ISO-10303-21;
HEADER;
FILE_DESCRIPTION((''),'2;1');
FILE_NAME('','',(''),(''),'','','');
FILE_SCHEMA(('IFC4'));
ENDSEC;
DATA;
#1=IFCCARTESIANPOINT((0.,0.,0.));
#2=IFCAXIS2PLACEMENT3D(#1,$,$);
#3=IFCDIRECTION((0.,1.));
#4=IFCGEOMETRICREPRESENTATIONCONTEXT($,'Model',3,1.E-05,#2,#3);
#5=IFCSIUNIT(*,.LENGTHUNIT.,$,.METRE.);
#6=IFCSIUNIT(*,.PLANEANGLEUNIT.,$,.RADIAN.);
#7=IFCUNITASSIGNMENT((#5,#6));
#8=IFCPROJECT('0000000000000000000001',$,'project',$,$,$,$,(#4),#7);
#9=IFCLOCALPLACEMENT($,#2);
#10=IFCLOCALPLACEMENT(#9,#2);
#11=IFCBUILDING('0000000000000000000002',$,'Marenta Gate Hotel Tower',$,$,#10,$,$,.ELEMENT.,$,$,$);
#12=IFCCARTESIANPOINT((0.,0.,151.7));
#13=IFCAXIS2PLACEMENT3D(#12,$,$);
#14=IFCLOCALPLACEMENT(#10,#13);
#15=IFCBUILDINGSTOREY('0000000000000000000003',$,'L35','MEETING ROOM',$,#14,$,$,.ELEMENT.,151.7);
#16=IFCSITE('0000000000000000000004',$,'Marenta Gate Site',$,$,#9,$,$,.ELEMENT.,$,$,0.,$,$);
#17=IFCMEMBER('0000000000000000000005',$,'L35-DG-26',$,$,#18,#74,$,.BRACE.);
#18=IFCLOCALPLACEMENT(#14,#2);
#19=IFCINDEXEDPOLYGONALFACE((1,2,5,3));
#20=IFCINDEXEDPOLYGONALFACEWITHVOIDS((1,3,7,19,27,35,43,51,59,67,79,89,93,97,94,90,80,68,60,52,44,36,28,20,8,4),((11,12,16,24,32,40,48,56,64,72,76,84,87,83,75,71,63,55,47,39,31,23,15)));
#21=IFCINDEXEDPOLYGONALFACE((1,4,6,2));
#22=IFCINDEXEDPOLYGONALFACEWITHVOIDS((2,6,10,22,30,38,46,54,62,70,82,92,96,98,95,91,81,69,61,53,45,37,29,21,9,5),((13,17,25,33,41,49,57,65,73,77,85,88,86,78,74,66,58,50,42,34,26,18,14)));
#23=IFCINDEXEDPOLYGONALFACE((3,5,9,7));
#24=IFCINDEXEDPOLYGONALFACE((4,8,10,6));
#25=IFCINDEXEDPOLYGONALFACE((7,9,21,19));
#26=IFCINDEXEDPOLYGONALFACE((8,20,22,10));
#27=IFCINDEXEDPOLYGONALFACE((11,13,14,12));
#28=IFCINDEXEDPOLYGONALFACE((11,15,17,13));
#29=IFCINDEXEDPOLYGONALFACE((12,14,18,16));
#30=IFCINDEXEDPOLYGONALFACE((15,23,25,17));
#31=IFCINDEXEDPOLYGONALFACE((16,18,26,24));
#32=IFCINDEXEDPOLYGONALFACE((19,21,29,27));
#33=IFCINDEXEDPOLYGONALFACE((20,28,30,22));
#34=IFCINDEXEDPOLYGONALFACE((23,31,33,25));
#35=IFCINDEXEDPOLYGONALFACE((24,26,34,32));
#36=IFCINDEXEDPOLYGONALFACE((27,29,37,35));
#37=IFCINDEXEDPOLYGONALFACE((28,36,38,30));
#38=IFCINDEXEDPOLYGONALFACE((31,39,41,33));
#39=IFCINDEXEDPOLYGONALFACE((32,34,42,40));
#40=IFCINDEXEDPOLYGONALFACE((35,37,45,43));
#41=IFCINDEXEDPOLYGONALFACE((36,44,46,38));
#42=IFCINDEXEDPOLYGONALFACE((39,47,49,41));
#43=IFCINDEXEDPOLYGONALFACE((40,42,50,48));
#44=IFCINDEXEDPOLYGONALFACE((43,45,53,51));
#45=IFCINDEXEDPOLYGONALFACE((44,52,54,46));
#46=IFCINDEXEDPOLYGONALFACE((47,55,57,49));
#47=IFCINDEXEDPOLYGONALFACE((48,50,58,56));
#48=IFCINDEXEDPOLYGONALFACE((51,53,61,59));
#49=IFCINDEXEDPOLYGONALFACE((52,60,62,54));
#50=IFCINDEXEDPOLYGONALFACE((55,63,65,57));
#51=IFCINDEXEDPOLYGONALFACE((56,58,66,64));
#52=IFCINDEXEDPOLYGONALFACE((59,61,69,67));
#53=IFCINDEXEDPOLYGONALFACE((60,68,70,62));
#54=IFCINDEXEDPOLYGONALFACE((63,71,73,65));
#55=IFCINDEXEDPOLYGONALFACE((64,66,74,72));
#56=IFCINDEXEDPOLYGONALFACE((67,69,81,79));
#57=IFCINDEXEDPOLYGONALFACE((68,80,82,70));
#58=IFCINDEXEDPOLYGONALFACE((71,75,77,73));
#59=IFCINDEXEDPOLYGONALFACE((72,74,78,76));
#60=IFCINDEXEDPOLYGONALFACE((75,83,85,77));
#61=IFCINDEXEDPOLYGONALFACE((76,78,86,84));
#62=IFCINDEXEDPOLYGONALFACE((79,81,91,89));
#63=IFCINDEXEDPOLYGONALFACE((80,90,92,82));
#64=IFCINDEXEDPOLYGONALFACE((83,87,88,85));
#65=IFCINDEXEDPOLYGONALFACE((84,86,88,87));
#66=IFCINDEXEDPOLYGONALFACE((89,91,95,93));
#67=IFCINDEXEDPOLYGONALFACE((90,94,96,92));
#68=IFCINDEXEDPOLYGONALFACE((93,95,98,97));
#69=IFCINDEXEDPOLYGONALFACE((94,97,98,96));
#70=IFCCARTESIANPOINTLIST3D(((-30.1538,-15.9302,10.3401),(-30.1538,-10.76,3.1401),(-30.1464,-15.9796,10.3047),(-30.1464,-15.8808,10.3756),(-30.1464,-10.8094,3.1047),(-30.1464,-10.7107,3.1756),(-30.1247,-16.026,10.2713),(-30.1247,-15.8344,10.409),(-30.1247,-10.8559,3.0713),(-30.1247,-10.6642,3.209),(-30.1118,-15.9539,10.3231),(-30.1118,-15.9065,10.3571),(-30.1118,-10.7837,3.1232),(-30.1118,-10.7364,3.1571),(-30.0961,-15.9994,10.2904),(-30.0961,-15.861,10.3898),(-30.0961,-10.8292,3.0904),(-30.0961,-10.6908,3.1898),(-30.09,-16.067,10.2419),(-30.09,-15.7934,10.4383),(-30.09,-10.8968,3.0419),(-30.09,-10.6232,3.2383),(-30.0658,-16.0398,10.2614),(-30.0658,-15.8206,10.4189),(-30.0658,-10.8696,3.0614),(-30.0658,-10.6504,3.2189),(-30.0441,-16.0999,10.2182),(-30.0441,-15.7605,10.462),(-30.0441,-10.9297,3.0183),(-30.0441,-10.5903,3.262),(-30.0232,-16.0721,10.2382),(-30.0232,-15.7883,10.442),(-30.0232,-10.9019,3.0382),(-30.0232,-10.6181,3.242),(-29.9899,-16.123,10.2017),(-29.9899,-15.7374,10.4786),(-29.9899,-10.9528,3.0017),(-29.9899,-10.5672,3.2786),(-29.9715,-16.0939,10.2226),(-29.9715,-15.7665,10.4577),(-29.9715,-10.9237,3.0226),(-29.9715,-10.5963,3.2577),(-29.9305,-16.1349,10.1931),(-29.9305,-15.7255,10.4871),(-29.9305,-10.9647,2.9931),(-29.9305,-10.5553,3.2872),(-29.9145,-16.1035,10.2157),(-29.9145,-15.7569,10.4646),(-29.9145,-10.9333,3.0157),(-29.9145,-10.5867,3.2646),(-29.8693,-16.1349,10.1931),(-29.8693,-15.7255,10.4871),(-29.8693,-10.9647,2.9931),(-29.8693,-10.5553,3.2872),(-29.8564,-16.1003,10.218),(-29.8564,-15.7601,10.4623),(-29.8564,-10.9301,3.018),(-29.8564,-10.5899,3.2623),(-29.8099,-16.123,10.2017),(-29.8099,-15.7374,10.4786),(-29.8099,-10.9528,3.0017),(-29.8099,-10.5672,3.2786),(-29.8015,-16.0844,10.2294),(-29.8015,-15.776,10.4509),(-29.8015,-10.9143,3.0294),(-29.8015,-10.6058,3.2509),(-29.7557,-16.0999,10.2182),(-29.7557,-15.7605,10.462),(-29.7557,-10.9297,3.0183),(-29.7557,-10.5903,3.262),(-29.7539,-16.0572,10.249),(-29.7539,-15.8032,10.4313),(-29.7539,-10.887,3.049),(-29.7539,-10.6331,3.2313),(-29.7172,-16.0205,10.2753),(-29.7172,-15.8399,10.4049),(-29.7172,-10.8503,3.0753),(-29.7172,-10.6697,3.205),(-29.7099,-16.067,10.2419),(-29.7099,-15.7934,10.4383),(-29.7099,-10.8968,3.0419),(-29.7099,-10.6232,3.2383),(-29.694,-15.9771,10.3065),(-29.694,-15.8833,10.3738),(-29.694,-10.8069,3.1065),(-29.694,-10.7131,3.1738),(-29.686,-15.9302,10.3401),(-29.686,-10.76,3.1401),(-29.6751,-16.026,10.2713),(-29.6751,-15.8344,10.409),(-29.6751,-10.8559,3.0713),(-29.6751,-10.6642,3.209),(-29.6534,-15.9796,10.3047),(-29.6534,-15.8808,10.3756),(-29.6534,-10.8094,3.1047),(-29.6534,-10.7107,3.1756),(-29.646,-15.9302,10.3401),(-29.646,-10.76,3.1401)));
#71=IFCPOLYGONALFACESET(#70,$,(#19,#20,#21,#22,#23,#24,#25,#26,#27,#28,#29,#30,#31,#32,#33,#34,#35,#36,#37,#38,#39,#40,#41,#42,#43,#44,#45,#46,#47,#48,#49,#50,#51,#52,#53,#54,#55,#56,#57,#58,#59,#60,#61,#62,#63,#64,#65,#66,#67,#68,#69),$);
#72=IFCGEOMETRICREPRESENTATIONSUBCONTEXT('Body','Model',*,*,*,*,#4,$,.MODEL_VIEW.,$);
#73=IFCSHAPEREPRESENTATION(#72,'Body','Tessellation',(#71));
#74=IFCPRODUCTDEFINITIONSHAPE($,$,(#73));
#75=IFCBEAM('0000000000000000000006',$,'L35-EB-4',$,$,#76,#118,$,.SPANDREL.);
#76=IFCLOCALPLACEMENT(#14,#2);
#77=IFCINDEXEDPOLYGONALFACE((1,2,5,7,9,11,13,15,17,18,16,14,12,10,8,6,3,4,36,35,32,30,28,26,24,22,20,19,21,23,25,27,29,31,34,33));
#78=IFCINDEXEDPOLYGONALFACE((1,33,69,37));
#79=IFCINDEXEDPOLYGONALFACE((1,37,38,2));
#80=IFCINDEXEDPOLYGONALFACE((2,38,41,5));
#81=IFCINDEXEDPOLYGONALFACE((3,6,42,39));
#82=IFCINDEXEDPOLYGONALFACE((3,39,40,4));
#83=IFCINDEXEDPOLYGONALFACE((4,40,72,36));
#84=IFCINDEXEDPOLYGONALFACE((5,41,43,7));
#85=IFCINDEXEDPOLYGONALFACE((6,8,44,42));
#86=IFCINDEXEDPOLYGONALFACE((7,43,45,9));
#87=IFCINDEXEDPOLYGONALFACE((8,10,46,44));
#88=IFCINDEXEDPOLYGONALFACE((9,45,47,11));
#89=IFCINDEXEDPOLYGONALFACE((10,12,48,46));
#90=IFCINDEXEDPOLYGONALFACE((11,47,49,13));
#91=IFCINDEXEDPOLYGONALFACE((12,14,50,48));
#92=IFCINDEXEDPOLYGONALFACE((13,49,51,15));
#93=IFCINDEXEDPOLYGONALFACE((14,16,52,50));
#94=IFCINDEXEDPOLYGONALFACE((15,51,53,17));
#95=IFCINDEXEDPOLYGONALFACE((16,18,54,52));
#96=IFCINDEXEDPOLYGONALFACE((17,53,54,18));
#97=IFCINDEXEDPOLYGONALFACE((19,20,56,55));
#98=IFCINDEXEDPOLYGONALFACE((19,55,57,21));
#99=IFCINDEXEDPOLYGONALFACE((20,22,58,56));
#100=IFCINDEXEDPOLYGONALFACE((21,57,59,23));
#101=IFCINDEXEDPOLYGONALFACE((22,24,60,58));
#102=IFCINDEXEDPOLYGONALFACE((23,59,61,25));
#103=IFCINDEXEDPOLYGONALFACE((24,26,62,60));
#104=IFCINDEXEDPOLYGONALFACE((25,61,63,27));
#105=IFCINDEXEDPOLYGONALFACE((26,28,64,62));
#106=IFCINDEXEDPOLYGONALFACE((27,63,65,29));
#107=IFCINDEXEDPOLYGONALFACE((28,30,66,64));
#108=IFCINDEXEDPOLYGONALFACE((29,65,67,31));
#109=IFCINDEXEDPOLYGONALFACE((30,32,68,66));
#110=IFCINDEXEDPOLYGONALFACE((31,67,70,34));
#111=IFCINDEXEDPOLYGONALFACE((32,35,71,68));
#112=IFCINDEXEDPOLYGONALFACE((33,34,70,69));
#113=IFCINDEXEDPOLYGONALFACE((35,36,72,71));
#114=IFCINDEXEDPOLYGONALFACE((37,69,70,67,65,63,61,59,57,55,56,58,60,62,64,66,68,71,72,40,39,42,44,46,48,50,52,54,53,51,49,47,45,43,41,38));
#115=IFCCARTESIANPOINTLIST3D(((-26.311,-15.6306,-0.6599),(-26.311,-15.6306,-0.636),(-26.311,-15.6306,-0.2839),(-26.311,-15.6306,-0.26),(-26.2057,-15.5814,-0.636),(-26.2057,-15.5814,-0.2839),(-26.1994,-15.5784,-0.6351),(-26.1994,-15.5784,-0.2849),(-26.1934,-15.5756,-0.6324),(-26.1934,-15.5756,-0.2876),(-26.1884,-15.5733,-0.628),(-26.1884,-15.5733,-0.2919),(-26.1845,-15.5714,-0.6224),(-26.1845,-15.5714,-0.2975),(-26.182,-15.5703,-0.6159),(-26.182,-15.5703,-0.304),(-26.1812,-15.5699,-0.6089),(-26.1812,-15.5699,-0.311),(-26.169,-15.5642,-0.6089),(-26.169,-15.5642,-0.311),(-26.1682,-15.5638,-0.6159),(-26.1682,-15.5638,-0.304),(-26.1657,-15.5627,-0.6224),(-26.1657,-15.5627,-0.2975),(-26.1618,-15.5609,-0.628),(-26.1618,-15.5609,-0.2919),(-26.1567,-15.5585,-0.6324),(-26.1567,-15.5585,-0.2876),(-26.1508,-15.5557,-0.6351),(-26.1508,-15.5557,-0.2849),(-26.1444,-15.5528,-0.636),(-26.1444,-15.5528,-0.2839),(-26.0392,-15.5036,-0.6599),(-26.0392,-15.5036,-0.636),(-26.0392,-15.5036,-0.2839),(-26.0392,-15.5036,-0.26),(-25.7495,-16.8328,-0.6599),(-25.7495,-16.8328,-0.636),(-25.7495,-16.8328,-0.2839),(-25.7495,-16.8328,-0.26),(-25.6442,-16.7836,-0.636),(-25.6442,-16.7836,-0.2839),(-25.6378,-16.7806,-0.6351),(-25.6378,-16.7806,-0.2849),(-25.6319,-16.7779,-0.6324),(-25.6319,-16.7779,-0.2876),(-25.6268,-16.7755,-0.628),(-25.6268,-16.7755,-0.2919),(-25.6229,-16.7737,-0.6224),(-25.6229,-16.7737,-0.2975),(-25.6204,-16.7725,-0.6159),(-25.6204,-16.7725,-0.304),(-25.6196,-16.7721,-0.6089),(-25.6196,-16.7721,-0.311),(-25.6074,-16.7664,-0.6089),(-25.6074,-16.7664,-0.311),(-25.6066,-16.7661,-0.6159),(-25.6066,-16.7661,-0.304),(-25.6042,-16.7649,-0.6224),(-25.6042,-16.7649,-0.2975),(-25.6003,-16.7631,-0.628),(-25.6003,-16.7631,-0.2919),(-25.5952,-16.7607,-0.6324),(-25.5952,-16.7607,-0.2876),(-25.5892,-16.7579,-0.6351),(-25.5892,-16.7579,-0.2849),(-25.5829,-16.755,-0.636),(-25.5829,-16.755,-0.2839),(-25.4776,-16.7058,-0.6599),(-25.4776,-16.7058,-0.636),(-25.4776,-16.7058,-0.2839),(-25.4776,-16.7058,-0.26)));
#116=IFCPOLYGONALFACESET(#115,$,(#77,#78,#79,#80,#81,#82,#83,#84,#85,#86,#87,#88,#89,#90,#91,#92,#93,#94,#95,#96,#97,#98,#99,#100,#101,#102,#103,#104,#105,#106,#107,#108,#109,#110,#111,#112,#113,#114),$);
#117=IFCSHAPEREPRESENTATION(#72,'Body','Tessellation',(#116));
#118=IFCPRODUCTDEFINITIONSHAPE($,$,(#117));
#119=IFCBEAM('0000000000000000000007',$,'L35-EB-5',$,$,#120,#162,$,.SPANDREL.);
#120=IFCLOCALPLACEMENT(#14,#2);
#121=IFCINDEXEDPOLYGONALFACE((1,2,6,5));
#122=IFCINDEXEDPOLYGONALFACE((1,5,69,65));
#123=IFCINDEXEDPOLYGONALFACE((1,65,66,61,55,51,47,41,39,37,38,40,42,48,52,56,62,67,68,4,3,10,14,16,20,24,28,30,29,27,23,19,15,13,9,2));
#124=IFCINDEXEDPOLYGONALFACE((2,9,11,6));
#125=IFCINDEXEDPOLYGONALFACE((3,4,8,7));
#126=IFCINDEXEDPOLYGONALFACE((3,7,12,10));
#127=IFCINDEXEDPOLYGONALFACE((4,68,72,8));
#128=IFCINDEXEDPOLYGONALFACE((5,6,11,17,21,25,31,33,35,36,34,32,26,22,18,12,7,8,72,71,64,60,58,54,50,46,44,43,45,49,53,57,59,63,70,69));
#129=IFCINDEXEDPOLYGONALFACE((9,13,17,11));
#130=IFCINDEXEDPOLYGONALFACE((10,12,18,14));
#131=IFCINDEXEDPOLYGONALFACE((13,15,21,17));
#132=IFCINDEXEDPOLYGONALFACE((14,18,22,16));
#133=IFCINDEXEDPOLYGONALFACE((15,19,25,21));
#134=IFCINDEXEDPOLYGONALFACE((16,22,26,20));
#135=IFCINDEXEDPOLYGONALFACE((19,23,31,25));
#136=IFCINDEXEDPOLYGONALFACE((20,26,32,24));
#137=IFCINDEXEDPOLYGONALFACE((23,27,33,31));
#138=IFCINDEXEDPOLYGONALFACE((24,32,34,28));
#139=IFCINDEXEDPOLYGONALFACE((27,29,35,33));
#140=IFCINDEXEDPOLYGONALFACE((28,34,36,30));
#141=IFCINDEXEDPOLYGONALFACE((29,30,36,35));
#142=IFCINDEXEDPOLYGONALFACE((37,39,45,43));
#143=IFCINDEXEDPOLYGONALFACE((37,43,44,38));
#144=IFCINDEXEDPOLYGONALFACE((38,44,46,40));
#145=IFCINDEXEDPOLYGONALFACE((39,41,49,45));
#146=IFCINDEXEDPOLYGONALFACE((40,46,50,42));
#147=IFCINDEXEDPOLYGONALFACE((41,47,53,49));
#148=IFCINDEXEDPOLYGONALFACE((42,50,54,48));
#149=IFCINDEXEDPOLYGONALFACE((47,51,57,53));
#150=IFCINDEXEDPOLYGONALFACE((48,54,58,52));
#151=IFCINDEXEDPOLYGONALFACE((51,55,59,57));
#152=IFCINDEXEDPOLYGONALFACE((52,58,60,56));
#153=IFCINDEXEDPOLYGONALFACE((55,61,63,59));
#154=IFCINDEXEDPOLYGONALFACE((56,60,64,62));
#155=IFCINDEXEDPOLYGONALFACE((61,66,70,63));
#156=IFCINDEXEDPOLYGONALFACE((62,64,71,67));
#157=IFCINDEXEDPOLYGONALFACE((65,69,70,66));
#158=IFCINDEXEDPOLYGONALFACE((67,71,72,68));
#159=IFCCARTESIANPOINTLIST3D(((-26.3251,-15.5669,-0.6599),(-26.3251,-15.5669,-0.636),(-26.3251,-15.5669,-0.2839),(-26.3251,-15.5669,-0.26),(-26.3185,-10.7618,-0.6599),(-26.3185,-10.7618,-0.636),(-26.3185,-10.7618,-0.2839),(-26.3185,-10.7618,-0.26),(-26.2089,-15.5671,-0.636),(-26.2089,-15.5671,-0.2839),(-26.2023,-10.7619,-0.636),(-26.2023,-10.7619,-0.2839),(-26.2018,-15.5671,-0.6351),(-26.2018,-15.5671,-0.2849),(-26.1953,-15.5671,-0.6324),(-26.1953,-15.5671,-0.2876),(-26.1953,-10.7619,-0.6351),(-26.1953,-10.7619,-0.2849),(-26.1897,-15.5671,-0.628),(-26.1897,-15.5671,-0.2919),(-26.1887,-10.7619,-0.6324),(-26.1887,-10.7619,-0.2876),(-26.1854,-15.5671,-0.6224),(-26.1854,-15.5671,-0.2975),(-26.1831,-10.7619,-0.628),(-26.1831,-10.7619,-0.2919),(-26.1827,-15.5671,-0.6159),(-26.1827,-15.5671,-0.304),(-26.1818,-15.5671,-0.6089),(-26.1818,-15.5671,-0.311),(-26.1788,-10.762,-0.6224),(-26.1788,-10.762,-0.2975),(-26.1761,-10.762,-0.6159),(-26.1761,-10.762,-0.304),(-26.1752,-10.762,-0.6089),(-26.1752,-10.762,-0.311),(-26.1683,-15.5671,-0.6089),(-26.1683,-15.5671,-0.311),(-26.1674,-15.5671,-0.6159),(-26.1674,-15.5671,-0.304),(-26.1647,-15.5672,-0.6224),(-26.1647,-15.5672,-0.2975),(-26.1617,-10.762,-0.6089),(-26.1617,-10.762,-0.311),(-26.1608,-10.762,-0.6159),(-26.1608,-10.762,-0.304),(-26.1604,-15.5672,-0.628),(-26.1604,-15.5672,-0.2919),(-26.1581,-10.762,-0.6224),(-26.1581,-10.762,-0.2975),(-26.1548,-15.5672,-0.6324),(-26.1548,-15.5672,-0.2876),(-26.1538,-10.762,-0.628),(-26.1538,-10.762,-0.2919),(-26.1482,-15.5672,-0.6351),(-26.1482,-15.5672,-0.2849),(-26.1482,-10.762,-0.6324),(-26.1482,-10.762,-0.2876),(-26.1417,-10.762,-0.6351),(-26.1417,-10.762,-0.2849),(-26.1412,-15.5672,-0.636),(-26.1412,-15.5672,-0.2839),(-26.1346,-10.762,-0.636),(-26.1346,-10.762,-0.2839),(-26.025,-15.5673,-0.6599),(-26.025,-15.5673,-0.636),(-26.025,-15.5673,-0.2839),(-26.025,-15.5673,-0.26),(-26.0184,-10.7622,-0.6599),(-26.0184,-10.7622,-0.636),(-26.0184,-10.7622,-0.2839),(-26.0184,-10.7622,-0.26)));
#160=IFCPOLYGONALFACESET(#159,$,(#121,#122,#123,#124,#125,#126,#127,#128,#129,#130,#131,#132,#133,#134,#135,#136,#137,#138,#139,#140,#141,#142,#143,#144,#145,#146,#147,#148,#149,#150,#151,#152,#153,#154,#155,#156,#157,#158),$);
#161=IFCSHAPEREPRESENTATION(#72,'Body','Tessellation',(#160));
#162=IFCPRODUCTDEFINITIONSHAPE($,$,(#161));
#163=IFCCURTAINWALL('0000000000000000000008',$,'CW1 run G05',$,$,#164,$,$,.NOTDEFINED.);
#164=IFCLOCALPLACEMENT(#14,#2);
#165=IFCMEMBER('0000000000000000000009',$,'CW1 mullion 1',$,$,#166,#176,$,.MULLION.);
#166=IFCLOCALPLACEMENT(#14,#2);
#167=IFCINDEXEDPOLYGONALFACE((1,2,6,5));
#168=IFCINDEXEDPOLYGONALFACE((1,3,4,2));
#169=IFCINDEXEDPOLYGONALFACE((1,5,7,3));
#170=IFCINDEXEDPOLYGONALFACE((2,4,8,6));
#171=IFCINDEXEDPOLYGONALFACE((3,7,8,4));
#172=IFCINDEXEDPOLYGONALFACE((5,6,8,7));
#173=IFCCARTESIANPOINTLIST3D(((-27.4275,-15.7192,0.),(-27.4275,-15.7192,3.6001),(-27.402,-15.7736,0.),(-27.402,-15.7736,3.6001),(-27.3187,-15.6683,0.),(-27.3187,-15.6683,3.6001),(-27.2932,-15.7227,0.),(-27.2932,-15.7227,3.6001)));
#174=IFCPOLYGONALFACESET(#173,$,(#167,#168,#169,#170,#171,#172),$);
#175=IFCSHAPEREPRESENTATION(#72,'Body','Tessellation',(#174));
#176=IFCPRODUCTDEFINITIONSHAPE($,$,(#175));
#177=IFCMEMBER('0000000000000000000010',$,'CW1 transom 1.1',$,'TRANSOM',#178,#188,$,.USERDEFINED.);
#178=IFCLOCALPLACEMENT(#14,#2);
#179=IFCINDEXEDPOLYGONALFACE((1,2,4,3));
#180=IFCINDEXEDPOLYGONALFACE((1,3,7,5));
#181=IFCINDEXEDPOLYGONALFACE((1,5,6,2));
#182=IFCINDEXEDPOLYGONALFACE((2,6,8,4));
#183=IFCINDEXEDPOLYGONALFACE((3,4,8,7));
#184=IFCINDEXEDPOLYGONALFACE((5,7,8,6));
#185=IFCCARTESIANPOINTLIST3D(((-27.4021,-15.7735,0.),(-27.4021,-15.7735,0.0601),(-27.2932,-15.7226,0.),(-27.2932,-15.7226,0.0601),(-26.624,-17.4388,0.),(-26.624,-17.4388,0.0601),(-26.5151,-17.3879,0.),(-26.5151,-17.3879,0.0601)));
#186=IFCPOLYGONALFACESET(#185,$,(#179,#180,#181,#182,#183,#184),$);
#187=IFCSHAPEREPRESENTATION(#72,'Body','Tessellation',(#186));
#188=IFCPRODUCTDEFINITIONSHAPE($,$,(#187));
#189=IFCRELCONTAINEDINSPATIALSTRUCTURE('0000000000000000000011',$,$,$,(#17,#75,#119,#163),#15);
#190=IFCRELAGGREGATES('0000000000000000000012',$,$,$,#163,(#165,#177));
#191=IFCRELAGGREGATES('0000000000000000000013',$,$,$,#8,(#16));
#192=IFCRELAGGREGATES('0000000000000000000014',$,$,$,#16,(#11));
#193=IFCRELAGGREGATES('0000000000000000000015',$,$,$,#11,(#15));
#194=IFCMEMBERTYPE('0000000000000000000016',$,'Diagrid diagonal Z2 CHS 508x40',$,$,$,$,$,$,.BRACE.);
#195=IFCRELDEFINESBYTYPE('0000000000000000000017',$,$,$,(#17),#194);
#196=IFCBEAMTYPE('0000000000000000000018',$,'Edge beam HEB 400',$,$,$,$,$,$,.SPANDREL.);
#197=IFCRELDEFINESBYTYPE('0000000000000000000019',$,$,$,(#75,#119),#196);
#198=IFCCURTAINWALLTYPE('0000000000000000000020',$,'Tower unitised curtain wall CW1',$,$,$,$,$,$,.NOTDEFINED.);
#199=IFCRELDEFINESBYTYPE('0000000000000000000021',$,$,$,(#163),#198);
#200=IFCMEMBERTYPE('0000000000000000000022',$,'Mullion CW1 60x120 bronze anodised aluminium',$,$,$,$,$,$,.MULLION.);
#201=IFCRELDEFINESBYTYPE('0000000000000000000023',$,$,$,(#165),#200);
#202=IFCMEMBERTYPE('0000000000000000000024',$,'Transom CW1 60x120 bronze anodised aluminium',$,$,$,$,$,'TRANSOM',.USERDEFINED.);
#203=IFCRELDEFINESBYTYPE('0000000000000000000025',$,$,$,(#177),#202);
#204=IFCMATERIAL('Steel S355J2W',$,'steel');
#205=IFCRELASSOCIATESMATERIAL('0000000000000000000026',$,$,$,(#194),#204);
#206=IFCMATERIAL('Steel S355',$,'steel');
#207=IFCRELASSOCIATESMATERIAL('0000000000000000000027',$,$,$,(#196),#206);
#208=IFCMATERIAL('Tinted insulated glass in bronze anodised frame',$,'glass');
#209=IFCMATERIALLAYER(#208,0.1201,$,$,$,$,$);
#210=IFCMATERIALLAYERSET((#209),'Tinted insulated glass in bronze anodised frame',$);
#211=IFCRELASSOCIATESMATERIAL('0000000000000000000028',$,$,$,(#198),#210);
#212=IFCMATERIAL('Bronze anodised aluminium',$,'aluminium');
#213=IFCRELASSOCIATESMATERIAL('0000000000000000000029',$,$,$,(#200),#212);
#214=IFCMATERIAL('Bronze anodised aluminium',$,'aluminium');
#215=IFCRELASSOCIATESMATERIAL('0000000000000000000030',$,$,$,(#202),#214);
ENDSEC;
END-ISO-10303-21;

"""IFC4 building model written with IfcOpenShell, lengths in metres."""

from ifc_helpers import new_model, si_unit, direction, frame, origin, origin_2d, place, context, subcontext, project, spatial, rectangle, hollow_circle, i_section, extrude, material, layer, layer_set, material_profile, profile_set, type_object, element, aggregate, save


model = new_model("IFC4")

# Units and contexts
model_context = context("Model", 3, precision=1e-05, world=origin(), true_north=direction((0.0, 1.0)))
body_context = subcontext(model_context, "Body", "Model", "MODEL_VIEW")
ifc_project = project(units=[si_unit("LENGTHUNIT", "METRE"), si_unit("PLANEANGLEUNIT", "RADIAN")], contexts=[model_context])

# Site, building, storey
site_placement = place(None, origin())
site = spatial("IfcSite", under=ifc_project, at=site_placement, Name="Marenta Gate Site", CompositionType="ELEMENT", RefElevation=0.0)
building_placement = place(site_placement, origin())
building = spatial("IfcBuilding", under=site, at=building_placement, Name="Marenta Gate Hotel Tower", CompositionType="ELEMENT")
storey_placement = place(building_placement, frame((0.0, 0.0, 151.7)))
storey = spatial("IfcBuildingStorey", under=building, at=storey_placement, Name="L35", Description="MEETING ROOM", CompositionType="ELEMENT", Elevation=151.7)

# Member
ifc_material_1 = material(Name="Steel S355J2W", Category="steel")
ifc_material_profile_1 = material_profile(ifc_material_1, hollow_circle(Radius=0.2539, WallThickness=0.04, at=origin_2d()), Name="CHS 508x40")
ifc_profile_set_1 = profile_set([ifc_material_profile_1], Name="Steel S355J2W")
member_type_1 = type_object("IfcMemberType", Name="Diagrid diagonal Z2 CHS 508x40", PredefinedType="BRACE", material=ifc_profile_set_1)
member_1_placement = place(storey_placement, frame((-29.8999, -10.76, 3.1401), z_axis=(0.0, -0.583279, 0.812272), x_axis=(1.0, 0.0, 0.0)))
element("IfcMember", 1, at=member_1_placement, inside=storey, type_object=member_type_1, Name="L35-DG-26", PredefinedType="BRACE", context=body_context, shape_type="SweptSolid", body=[
    extrude(hollow_circle(Radius=0.2539, WallThickness=0.04, at=origin_2d()), origin(), (0.0, 0.0, 1.0), 8.864),
])

# Beams
ifc_material_2 = material(Name="Steel S355", Category="steel")
ifc_material_profile_2 = material_profile(ifc_material_2, i_section(OverallWidth=0.3, OverallDepth=0.3999, WebThickness=0.0134, FlangeThickness=0.0239, FilletRadius=0.0271, at=origin_2d()), Name="HEB 400")
ifc_profile_set_2 = profile_set([ifc_material_profile_2], Name="Steel S355")
beam_type = type_object("IfcBeamType", Name="Edge beam HEB 400", PredefinedType="SPANDREL", material=ifc_profile_set_2)
beam_1_placement = place(storey_placement, frame((-25.6135, -16.7693, -0.46), z_axis=(-0.423208, 0.906033, 0.0), x_axis=(-0.906033, -0.423208, 0.0)))
element("IfcBeam", 2, at=beam_1_placement, inside=storey, type_object=beam_type, Name="L35-EB-4", PredefinedType="SPANDREL", context=body_context, shape_type="SweptSolid", body=[
    extrude(i_section(OverallWidth=0.3, OverallDepth=0.3999, WebThickness=0.0134, FlangeThickness=0.0239, FilletRadius=0.0271, at=origin_2d()), origin(), (0.0, 0.0, 1.0), 1.3269),
])
beam_2_placement = place(storey_placement, frame((-26.175, -15.5671, -0.46), z_axis=(0.001372, 0.999999, 0.0), x_axis=(-0.999999, 0.001372, 0.0)))
element("IfcBeam", 3, at=beam_2_placement, inside=storey, type_object=beam_type, Name="L35-EB-5", PredefinedType="SPANDREL", context=body_context, shape_type="SweptSolid", body=[
    extrude(i_section(OverallWidth=0.3, OverallDepth=0.3999, WebThickness=0.0134, FlangeThickness=0.0239, FilletRadius=0.0271, at=origin_2d()), origin(), (0.0, 0.0, 1.0), 4.8052),
])

# Curtain wall, members
ifc_material_3 = material(Name="Tinted insulated glass in bronze anodised frame", Category="glass")
ifc_layer_1 = layer(ifc_material_3, 0.1201)
ifc_layer_set_1 = layer_set([ifc_layer_1], Name="Tinted insulated glass in bronze anodised frame")
curtain_wall_type = type_object("IfcCurtainWallType", Name="Tower unitised curtain wall CW1", PredefinedType="NOTDEFINED", material=ifc_layer_set_1)
curtain_wall_1_placement = place(storey_placement, origin())
curtain_wall_1 = element("IfcCurtainWall", 4, at=curtain_wall_1_placement, inside=storey, type_object=curtain_wall_type, Name="CW1 run G05", PredefinedType="NOTDEFINED")
ifc_material_4 = material(Name="Bronze anodised aluminium", Category="aluminium")
ifc_material_profile_3 = material_profile(ifc_material_4, rectangle(XDim=0.1201, YDim=0.0601, at=origin_2d()), Name="Mullion CW1 60x120 bronze anodised aluminium")
ifc_profile_set_3 = profile_set([ifc_material_profile_3], Name="Bronze anodised aluminium")
member_type_2 = type_object("IfcMemberType", Name="Mullion CW1 60x120 bronze anodised aluminium", PredefinedType="MULLION", material=ifc_profile_set_3)
member_2_placement = place(storey_placement, frame((-27.3604, -15.7209, 0.0), z_axis=(0.0, 0.0, 1.0), x_axis=(0.905968, 0.423347, 0.0)))
member_2 = element("IfcMember", 5, at=member_2_placement, type_object=member_type_2, Name="CW1 mullion 1", PredefinedType="MULLION", context=body_context, shape_type="SweptSolid", body=[
    extrude(rectangle(XDim=0.1201, YDim=0.0601, at=origin_2d()), origin(), (0.0, 0.0, 1.0), 3.6001),
])
ifc_material_5 = material(Name="Bronze anodised aluminium", Category="aluminium")
ifc_material_profile_4 = material_profile(ifc_material_5, rectangle(XDim=0.1201, YDim=0.0601, at=origin_2d()), Name="Transom CW1 60x120 bronze anodised aluminium")
ifc_profile_set_4 = profile_set([ifc_material_profile_4], Name="Bronze anodised aluminium")
member_type_3 = type_object("IfcMemberType", Name="Transom CW1 60x120 bronze anodised aluminium", ElementType="TRANSOM", PredefinedType="USERDEFINED", material=ifc_profile_set_4)
member_3_placement = place(storey_placement, frame((-27.3477, -15.748, 0.03), z_axis=(0.423307, -0.905986, 0.0), x_axis=(0.905986, 0.423307, 0.0)))
member_3 = element("IfcMember", 6, at=member_3_placement, type_object=member_type_3, Name="CW1 transom 1.1", ObjectType="TRANSOM", PredefinedType="USERDEFINED", context=body_context, shape_type="SweptSolid", body=[
    extrude(rectangle(XDim=0.1201, YDim=0.0601, at=origin_2d()), origin(), (0.0, 0.0, 1.0), 1.8381),
])

aggregate(curtain_wall_1, [member_2, member_3])

save(model, "model.ifc")
